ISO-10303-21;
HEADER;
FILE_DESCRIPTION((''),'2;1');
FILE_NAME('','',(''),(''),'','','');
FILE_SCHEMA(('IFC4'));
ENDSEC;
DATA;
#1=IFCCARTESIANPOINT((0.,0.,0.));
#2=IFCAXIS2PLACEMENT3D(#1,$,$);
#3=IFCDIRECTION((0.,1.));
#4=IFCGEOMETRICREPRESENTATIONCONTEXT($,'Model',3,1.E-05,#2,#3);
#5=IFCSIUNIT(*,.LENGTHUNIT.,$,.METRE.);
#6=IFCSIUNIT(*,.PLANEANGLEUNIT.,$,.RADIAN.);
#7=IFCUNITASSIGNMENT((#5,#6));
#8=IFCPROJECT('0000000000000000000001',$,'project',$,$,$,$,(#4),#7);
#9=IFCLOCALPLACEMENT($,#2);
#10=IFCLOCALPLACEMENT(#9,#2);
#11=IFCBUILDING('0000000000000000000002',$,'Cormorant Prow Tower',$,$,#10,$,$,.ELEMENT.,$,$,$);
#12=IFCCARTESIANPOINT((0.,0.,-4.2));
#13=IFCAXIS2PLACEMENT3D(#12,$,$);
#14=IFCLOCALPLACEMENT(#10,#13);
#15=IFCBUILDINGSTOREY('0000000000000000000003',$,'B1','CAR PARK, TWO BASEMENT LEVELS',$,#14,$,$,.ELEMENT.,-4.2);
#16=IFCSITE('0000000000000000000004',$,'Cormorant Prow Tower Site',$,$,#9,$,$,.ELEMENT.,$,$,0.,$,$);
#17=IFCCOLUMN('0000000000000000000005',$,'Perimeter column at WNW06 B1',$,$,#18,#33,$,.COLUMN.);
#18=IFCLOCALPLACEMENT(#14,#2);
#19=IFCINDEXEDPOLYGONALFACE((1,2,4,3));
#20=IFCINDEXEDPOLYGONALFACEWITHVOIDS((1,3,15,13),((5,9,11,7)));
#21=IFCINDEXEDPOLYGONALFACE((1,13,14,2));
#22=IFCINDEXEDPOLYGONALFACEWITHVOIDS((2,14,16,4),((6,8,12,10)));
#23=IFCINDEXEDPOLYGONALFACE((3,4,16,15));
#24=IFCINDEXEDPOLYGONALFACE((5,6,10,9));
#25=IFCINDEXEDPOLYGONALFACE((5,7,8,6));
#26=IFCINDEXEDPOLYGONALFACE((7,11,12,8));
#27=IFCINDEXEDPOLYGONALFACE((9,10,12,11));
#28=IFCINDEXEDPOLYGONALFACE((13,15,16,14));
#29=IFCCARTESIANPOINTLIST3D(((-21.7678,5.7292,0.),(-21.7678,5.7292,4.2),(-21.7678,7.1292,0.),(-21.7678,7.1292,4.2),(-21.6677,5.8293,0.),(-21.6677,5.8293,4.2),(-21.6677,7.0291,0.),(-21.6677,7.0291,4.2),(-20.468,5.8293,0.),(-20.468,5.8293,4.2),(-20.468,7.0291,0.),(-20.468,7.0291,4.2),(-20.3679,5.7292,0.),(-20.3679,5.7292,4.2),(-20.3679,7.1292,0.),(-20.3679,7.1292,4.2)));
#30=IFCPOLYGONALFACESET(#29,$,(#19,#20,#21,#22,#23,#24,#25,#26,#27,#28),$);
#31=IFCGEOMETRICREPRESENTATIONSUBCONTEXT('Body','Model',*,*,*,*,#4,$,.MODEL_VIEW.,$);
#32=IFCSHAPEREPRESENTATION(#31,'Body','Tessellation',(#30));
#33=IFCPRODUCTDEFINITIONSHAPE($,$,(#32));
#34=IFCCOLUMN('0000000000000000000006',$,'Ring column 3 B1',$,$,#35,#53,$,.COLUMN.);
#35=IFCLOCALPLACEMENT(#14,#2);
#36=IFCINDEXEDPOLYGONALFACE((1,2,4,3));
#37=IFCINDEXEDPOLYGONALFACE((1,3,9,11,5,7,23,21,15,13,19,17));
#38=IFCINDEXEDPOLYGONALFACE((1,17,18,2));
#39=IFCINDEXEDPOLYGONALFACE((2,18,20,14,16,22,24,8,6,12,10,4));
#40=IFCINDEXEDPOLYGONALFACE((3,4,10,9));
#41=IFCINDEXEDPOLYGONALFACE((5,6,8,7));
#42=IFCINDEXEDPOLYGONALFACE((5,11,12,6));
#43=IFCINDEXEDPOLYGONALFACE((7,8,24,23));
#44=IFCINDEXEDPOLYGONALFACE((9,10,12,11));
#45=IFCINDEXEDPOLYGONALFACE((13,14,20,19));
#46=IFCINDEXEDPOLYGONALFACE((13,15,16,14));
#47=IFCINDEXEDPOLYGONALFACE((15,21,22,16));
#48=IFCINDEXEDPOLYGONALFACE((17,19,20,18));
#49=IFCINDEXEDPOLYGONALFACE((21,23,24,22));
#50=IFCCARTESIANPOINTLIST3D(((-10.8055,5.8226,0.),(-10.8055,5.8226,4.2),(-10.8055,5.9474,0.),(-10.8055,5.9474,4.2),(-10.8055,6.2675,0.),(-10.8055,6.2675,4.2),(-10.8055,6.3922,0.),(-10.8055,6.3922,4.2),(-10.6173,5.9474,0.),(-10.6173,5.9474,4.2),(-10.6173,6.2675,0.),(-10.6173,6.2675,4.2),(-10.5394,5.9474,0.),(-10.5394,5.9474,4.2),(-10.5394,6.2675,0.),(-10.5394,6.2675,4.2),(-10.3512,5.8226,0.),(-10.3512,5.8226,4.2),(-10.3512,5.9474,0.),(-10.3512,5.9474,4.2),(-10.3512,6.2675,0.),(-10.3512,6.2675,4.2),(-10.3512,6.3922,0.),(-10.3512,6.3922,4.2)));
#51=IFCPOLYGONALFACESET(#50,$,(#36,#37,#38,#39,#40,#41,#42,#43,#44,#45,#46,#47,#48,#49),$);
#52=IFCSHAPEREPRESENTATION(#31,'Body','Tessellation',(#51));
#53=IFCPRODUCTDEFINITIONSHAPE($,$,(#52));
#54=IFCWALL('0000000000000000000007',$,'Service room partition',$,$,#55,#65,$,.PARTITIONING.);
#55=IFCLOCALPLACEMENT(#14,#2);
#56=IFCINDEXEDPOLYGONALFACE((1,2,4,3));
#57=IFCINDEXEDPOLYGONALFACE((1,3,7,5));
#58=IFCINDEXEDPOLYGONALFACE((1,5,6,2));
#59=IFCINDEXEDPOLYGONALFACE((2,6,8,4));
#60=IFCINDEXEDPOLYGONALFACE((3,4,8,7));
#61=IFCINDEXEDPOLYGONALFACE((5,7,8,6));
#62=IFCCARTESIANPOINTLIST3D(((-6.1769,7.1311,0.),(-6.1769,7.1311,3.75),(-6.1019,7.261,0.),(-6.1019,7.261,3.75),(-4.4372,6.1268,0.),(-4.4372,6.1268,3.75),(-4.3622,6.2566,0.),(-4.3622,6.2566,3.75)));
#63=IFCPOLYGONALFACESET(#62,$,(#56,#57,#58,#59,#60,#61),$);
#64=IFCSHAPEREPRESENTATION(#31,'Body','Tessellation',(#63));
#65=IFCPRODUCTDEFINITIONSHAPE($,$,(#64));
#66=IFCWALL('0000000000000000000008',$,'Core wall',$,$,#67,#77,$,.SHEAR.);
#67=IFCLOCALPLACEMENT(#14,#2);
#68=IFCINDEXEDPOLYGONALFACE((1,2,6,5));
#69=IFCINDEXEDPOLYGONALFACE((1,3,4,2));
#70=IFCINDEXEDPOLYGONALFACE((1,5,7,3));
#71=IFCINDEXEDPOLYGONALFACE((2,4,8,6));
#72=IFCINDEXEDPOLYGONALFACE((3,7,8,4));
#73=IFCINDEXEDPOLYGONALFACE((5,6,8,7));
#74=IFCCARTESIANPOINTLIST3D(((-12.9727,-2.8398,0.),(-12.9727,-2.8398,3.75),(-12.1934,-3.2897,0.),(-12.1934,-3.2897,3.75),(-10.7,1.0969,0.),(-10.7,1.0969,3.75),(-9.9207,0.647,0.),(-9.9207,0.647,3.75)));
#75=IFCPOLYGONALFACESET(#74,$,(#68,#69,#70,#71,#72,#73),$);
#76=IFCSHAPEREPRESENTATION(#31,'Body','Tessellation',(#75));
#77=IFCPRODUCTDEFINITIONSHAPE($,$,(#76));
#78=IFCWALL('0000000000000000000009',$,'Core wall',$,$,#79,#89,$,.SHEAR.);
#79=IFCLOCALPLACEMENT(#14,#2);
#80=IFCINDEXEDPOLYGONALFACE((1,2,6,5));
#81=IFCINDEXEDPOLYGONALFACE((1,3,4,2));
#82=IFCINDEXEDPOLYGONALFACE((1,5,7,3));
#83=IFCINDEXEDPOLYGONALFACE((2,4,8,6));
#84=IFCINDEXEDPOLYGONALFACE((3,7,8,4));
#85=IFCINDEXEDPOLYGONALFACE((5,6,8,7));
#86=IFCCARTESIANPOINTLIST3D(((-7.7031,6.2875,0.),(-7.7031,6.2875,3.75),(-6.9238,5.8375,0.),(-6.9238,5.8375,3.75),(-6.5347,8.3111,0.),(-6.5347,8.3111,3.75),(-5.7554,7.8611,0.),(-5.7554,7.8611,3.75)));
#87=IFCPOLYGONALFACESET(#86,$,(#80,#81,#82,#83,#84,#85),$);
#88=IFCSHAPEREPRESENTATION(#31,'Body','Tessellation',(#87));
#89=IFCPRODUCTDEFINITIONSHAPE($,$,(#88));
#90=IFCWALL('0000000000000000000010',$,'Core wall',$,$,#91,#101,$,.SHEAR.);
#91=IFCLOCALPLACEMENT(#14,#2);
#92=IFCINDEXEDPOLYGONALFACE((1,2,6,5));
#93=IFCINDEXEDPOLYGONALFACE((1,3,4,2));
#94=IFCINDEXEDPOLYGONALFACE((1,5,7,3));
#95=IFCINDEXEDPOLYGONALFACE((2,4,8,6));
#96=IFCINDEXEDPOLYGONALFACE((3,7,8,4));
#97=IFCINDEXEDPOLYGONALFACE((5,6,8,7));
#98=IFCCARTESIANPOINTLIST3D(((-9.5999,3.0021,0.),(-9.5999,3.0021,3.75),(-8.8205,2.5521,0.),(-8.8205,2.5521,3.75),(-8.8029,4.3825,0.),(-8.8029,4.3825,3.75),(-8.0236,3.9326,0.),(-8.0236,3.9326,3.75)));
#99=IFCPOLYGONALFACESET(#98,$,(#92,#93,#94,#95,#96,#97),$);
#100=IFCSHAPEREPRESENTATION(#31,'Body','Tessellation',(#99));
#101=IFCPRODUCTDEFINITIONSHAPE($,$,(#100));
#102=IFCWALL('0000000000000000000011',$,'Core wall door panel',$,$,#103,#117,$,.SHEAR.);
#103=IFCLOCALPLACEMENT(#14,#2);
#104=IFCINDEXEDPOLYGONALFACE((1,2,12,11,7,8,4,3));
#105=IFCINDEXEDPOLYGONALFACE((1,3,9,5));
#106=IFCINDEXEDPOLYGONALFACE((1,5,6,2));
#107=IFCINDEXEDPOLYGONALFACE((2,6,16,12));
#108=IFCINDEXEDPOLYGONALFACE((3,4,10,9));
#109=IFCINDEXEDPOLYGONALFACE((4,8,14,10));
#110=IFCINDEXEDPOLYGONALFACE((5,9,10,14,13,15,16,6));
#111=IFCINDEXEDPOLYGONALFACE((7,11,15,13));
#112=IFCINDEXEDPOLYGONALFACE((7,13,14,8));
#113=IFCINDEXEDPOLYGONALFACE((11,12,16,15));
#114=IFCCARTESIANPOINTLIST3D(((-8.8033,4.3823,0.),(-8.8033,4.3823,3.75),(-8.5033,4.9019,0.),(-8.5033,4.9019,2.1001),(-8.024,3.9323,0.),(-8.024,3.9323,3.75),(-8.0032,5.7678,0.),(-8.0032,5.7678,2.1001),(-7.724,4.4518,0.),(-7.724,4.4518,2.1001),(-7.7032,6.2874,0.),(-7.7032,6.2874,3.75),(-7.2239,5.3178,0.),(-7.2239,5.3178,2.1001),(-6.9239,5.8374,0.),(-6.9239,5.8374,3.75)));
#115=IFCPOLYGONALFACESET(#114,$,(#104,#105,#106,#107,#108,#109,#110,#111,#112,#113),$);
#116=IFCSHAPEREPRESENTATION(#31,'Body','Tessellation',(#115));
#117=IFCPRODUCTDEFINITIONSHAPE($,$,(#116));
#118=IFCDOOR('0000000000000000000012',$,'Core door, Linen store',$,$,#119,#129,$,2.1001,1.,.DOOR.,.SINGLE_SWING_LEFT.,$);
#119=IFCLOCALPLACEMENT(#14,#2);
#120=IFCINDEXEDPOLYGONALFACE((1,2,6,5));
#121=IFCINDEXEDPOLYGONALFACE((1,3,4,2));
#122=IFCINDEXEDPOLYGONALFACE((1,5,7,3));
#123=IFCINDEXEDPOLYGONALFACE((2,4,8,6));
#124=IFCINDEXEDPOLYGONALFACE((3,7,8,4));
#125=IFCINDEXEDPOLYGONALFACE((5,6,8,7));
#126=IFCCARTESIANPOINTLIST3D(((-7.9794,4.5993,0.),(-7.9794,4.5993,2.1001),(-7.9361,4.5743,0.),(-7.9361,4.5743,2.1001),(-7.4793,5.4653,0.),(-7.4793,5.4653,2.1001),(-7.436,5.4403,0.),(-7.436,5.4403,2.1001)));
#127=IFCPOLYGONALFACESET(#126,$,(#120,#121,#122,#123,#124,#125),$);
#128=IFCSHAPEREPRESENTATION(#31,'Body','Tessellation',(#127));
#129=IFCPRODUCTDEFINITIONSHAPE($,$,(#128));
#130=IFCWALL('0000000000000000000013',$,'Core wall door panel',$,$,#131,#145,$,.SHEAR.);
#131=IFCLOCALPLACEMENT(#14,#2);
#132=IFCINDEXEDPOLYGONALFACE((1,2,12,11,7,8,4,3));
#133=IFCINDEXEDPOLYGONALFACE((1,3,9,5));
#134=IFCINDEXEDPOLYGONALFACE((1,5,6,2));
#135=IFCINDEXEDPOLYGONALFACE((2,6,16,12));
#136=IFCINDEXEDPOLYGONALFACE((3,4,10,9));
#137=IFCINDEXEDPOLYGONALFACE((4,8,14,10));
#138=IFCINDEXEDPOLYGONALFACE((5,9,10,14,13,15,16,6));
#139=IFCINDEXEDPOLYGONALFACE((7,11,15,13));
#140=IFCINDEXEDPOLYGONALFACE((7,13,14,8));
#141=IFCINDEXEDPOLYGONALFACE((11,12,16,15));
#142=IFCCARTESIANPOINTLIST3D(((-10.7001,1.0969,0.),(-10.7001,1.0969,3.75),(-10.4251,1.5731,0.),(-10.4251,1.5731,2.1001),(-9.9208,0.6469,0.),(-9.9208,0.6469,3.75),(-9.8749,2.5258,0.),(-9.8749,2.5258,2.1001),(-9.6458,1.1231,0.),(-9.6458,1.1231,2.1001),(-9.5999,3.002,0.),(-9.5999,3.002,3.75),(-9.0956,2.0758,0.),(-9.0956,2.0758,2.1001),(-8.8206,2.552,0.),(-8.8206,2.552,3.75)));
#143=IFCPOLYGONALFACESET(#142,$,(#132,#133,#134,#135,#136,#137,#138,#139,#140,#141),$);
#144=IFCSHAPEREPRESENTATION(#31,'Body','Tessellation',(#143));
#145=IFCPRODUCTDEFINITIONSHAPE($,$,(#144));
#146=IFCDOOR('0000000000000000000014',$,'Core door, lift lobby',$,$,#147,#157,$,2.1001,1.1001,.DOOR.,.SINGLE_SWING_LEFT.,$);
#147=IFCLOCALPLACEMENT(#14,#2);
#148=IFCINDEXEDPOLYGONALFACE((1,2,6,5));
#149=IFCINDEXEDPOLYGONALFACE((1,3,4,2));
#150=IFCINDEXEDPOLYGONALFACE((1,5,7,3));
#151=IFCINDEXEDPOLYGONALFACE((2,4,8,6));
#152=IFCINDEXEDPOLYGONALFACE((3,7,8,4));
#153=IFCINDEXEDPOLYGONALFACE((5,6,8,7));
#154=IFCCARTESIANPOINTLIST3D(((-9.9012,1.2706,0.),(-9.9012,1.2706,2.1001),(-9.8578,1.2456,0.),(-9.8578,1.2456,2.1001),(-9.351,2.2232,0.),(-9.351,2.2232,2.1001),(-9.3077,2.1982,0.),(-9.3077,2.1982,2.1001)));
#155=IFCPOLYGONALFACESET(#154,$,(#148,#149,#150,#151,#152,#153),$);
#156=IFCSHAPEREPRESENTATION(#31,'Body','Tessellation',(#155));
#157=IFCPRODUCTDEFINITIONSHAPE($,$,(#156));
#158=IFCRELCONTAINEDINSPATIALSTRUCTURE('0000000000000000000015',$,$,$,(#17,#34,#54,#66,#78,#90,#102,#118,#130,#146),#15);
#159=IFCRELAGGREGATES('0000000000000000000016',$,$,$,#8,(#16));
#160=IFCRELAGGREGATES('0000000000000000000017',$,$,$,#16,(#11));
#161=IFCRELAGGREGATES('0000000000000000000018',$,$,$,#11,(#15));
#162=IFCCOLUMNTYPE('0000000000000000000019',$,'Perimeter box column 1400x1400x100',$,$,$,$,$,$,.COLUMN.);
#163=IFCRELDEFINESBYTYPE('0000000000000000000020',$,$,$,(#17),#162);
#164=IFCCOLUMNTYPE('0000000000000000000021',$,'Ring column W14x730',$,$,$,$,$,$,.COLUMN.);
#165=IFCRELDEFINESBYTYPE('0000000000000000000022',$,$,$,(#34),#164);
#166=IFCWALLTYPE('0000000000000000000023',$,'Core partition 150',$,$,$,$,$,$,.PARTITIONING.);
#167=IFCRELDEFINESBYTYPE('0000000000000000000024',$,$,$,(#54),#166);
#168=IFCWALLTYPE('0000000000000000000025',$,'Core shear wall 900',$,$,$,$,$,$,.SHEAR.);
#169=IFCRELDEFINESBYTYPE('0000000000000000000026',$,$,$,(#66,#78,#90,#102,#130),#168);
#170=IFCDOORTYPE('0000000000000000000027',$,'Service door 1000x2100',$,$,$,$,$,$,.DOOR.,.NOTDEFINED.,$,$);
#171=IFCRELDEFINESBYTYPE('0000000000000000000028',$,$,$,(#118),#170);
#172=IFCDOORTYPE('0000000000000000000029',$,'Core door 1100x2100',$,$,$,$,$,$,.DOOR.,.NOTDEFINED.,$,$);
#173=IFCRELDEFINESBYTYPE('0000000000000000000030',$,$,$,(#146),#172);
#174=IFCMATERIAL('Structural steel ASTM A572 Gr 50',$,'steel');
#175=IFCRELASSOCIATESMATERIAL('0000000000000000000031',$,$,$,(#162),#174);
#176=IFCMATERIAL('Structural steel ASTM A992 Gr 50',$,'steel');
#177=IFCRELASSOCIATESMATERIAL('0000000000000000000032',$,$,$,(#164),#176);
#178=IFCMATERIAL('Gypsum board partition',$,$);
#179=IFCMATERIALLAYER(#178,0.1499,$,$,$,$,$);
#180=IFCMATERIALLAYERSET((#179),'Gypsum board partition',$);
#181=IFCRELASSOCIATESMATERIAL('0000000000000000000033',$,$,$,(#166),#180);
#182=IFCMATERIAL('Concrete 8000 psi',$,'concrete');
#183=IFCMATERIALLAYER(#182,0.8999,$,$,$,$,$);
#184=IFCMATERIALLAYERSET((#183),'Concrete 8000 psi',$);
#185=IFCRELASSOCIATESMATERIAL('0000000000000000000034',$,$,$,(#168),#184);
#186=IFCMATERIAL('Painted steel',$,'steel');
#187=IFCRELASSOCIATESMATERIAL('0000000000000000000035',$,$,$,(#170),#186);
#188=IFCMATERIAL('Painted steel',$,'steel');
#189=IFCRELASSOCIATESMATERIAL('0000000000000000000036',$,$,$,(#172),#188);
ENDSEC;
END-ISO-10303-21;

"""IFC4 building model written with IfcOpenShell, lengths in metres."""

from ifc_helpers import new_model, si_unit, direction, frame, frame_2d, origin, origin_2d, place, context, subcontext, project, spatial, rectangle, hollow_rectangle, i_section, extrude, material, layer, layer_set, material_profile, profile_set, type_object, element, fill, save


model = new_model("IFC4")

# Units and contexts
model_context = context("Model", 3, precision=1e-05, world=origin(), true_north=direction((0.0, 1.0)))
body_context = subcontext(model_context, "Body", "Model", "MODEL_VIEW")
ifc_project = project(units=[si_unit("LENGTHUNIT", "METRE"), si_unit("PLANEANGLEUNIT", "RADIAN")], contexts=[model_context])

# Site, building, storey
site_placement = place(None, origin())
site = spatial("IfcSite", under=ifc_project, at=site_placement, Name="Cormorant Prow Tower Site", CompositionType="ELEMENT", RefElevation=0.0)
building_placement = place(site_placement, origin())
building = spatial("IfcBuilding", under=site, at=building_placement, Name="Cormorant Prow Tower", CompositionType="ELEMENT")
storey_placement = place(building_placement, frame((0.0, 0.0, -4.2)))
storey = spatial("IfcBuildingStorey", under=building, at=storey_placement, Name="B1", Description="CAR PARK, TWO BASEMENT LEVELS", CompositionType="ELEMENT", Elevation=-4.2)

# Columns
ifc_material_1 = material(Name="Structural steel ASTM A572 Gr 50", Category="steel")
ifc_material_profile_1 = material_profile(ifc_material_1, hollow_rectangle(XDim=1.3999, YDim=1.3999, WallThickness=0.1001, at=origin_2d()), Name="Box 1400x1400x100")
ifc_profile_set_1 = profile_set([ifc_material_profile_1], Name="Structural steel ASTM A572 Gr 50")
column_type_1 = type_object("IfcColumnType", Name="Perimeter box column 1400x1400x100", PredefinedType="COLUMN", material=ifc_profile_set_1)
column_1_placement = place(storey_placement, frame((-21.0679, 6.4292, 0.0), z_axis=(0.0, 0.0, 1.0), x_axis=(1.0, 0.0, 0.0)))
element("IfcColumn", 1, at=column_1_placement, inside=storey, type_object=column_type_1, Name="Perimeter column at WNW06 B1", PredefinedType="COLUMN", context=body_context, shape_type="SweptSolid", body=[
    extrude(hollow_rectangle(XDim=1.3999, YDim=1.3999, WallThickness=0.1001, at=origin_2d()), origin(), (0.0, 0.0, 1.0), 4.2),
])
ifc_material_2 = material(Name="Structural steel ASTM A992 Gr 50", Category="steel")
ifc_material_profile_2 = material_profile(ifc_material_2, i_section(OverallWidth=0.4543, OverallDepth=0.5696, WebThickness=0.0779, FlangeThickness=0.1248, at=origin_2d()), Name="W14x730")
ifc_profile_set_2 = profile_set([ifc_material_profile_2], Name="Structural steel ASTM A992 Gr 50")
column_type_2 = type_object("IfcColumnType", Name="Ring column W14x730", PredefinedType="COLUMN", material=ifc_profile_set_2)
column_2_placement = place(storey_placement, frame((-10.5784, 6.1074, 0.0), z_axis=(0.0, 0.0, 1.0), x_axis=(1.0, 0.0, 0.0)))
element("IfcColumn", 2, at=column_2_placement, inside=storey, type_object=column_type_2, Name="Ring column 3 B1", PredefinedType="COLUMN", context=body_context, shape_type="SweptSolid", body=[
    extrude(i_section(OverallWidth=0.4543, OverallDepth=0.5696, WebThickness=0.0779, FlangeThickness=0.1248, at=origin_2d()), origin(), (0.0, 0.0, 1.0), 4.2),
])

# Walls
ifc_material_3 = material(Name="Gypsum board partition")
ifc_layer_1 = layer(ifc_material_3, 0.1499)
ifc_layer_set_1 = layer_set([ifc_layer_1], Name="Gypsum board partition")
wall_type_1 = type_object("IfcWallType", Name="Core partition 150", PredefinedType="PARTITIONING", material=ifc_layer_set_1)
wall_1_placement = place(storey_placement, frame((-6.1394, 7.196, 0.0), z_axis=(0.0, 0.0, 1.0), x_axis=(0.866036, -0.499982, 0.0)))
element("IfcWall", 3, at=wall_1_placement, inside=storey, type_object=wall_type_1, Name="Service room partition", PredefinedType="PARTITIONING", context=body_context, shape_type="SweptSolid", body=[
    extrude(rectangle(XDim=2.0088, YDim=0.1499, at=frame_2d((1.0044, 0.0))), origin(), (0.0, 0.0, 1.0), 3.75),
])
ifc_material_4 = material(Name="Concrete 8000 psi", Category="concrete")
ifc_layer_2 = layer(ifc_material_4, 0.8999)
ifc_layer_set_2 = layer_set([ifc_layer_2], Name="Concrete 8000 psi")
wall_type_2 = type_object("IfcWallType", Name="Core shear wall 900", PredefinedType="SHEAR", material=ifc_layer_set_2)
wall_2_placement = place(storey_placement, frame((-10.3103, 0.8721, 0.0), z_axis=(0.0, 0.0, 1.0), x_axis=(-0.499969, -0.866043, 0.0)))
element("IfcWall", 4, at=wall_2_placement, inside=storey, type_object=wall_type_2, Name="Core wall", PredefinedType="SHEAR", context=body_context, shape_type="SweptSolid", body=[
    extrude(rectangle(XDim=4.5457, YDim=0.8999, at=frame_2d((2.2729, 0.0))), origin(), (0.0, 0.0, 1.0), 3.75),
])
wall_3_placement = place(storey_placement, frame((-6.145, 8.0862, 0.0), z_axis=(0.0, 0.0, 1.0), x_axis=(-0.500027, -0.86601, 0.0)))
element("IfcWall", 5, at=wall_3_placement, inside=storey, type_object=wall_type_2, Name="Core wall", PredefinedType="SHEAR", context=body_context, shape_type="SweptSolid", body=[
    extrude(rectangle(XDim=2.3367, YDim=0.8999, at=frame_2d((1.1685, 0.0))), origin(), (0.0, 0.0, 1.0), 3.75),
])
wall_4_placement = place(storey_placement, frame((-8.4133, 4.1575, 0.0), z_axis=(0.0, 0.0, 1.0), x_axis=(-0.499961, -0.866048, 0.0)))
element("IfcWall", 6, at=wall_4_placement, inside=storey, type_object=wall_type_2, Name="Core wall", PredefinedType="SHEAR", context=body_context, shape_type="SweptSolid", body=[
    extrude(rectangle(XDim=1.594, YDim=0.8999, at=frame_2d((0.7969, 0.0))), origin(), (0.0, 0.0, 1.0), 3.75),
])

# Walls, openings, doors
wall_5_placement = place(storey_placement, frame((-7.3135, 6.0625, 0.0), z_axis=(0.0, 0.0, 1.0), x_axis=(-0.500078, -0.86598, 0.0)))
wall_5 = element("IfcWall", 7, at=wall_5_placement, inside=storey, type_object=wall_type_2, Name="Core wall door panel", PredefinedType="SHEAR", context=body_context, shape_type="SweptSolid", body=[
    extrude(rectangle(XDim=2.2, YDim=0.8999, at=frame_2d((1.1001, 0.0))), origin(), (0.0, 0.0, 1.0), 3.75),
])
opening_1_placement = place(wall_5_placement, frame((0.6001, 0.0, 0.0)))
opening_1 = element("IfcOpeningElement", 8, at=opening_1_placement, cuts=wall_5, PredefinedType="OPENING", context=body_context, shape_type="SweptSolid", body=[
    extrude(rectangle(XDim=1.0, YDim=2.1001, at=frame_2d((0.5, 1.05))), frame((0.0, 0.46, 0.0), z_axis=(0.0, -1.0, 0.0), x_axis=(1.0, 0.0, 0.0)), (0.0, 0.0, 1.0), 0.9199),
])
ifc_material_5 = material(Name="Painted steel", Category="steel")
door_type_1 = type_object("IfcDoorType", Name="Service door 1000x2100", OperationType="NOTDEFINED", PredefinedType="DOOR", material=ifc_material_5)
door_1_placement = place(opening_1_placement, origin())
door_1 = element("IfcDoor", 9, at=door_1_placement, inside=storey, type_object=door_type_1, Name="Core door, Linen store", OperationType="SINGLE_SWING_LEFT", OverallHeight=2.1001, OverallWidth=1.0, PredefinedType="DOOR", context=body_context, shape_type="SweptSolid", body=[
    extrude(rectangle(XDim=1.0, YDim=2.1001, at=frame_2d((0.5, 1.05))), frame((0.0, 0.2051, 0.0), z_axis=(0.0, -1.0, 0.0), x_axis=(1.0, 0.0, 0.0)), (0.0, 0.0, 1.0), 0.05),
])
fill(opening_1, door_1)
wall_6_placement = place(storey_placement, frame((-9.2102, 2.7771, 0.0), z_axis=(0.0, 0.0, 1.0), x_axis=(-0.500078, -0.86598, 0.0)))
wall_6 = element("IfcWall", 10, at=wall_6_placement, inside=storey, type_object=wall_type_2, Name="Core wall door panel", PredefinedType="SHEAR", context=body_context, shape_type="SweptSolid", body=[
    extrude(rectangle(XDim=2.2, YDim=0.8999, at=frame_2d((1.1001, 0.0))), origin(), (0.0, 0.0, 1.0), 3.75),
])
opening_2_placement = place(wall_6_placement, frame((0.55, 0.0, 0.0)))
opening_2 = element("IfcOpeningElement", 11, at=opening_2_placement, cuts=wall_6, PredefinedType="OPENING", context=body_context, shape_type="SweptSolid", body=[
    extrude(rectangle(XDim=1.1001, YDim=2.1001, at=frame_2d((0.55, 1.05))), frame((0.0, 0.46, 0.0), z_axis=(0.0, -1.0, 0.0), x_axis=(1.0, 0.0, 0.0)), (0.0, 0.0, 1.0), 0.9199),
])
ifc_material_6 = material(Name="Painted steel", Category="steel")
door_type_2 = type_object("IfcDoorType", Name="Core door 1100x2100", OperationType="NOTDEFINED", PredefinedType="DOOR", material=ifc_material_6)
door_2_placement = place(opening_2_placement, origin())
door_2 = element("IfcDoor", 12, at=door_2_placement, inside=storey, type_object=door_type_2, Name="Core door, lift lobby", OperationType="SINGLE_SWING_LEFT", OverallHeight=2.1001, OverallWidth=1.1001, PredefinedType="DOOR", context=body_context, shape_type="SweptSolid", body=[
    extrude(rectangle(XDim=1.1001, YDim=2.1001, at=frame_2d((0.55, 1.05))), frame((0.0, 0.2051, 0.0), z_axis=(0.0, -1.0, 0.0), x_axis=(1.0, 0.0, 0.0)), (0.0, 0.0, 1.0), 0.05),
])
fill(opening_2, door_2)

save(model, "model.ifc")
